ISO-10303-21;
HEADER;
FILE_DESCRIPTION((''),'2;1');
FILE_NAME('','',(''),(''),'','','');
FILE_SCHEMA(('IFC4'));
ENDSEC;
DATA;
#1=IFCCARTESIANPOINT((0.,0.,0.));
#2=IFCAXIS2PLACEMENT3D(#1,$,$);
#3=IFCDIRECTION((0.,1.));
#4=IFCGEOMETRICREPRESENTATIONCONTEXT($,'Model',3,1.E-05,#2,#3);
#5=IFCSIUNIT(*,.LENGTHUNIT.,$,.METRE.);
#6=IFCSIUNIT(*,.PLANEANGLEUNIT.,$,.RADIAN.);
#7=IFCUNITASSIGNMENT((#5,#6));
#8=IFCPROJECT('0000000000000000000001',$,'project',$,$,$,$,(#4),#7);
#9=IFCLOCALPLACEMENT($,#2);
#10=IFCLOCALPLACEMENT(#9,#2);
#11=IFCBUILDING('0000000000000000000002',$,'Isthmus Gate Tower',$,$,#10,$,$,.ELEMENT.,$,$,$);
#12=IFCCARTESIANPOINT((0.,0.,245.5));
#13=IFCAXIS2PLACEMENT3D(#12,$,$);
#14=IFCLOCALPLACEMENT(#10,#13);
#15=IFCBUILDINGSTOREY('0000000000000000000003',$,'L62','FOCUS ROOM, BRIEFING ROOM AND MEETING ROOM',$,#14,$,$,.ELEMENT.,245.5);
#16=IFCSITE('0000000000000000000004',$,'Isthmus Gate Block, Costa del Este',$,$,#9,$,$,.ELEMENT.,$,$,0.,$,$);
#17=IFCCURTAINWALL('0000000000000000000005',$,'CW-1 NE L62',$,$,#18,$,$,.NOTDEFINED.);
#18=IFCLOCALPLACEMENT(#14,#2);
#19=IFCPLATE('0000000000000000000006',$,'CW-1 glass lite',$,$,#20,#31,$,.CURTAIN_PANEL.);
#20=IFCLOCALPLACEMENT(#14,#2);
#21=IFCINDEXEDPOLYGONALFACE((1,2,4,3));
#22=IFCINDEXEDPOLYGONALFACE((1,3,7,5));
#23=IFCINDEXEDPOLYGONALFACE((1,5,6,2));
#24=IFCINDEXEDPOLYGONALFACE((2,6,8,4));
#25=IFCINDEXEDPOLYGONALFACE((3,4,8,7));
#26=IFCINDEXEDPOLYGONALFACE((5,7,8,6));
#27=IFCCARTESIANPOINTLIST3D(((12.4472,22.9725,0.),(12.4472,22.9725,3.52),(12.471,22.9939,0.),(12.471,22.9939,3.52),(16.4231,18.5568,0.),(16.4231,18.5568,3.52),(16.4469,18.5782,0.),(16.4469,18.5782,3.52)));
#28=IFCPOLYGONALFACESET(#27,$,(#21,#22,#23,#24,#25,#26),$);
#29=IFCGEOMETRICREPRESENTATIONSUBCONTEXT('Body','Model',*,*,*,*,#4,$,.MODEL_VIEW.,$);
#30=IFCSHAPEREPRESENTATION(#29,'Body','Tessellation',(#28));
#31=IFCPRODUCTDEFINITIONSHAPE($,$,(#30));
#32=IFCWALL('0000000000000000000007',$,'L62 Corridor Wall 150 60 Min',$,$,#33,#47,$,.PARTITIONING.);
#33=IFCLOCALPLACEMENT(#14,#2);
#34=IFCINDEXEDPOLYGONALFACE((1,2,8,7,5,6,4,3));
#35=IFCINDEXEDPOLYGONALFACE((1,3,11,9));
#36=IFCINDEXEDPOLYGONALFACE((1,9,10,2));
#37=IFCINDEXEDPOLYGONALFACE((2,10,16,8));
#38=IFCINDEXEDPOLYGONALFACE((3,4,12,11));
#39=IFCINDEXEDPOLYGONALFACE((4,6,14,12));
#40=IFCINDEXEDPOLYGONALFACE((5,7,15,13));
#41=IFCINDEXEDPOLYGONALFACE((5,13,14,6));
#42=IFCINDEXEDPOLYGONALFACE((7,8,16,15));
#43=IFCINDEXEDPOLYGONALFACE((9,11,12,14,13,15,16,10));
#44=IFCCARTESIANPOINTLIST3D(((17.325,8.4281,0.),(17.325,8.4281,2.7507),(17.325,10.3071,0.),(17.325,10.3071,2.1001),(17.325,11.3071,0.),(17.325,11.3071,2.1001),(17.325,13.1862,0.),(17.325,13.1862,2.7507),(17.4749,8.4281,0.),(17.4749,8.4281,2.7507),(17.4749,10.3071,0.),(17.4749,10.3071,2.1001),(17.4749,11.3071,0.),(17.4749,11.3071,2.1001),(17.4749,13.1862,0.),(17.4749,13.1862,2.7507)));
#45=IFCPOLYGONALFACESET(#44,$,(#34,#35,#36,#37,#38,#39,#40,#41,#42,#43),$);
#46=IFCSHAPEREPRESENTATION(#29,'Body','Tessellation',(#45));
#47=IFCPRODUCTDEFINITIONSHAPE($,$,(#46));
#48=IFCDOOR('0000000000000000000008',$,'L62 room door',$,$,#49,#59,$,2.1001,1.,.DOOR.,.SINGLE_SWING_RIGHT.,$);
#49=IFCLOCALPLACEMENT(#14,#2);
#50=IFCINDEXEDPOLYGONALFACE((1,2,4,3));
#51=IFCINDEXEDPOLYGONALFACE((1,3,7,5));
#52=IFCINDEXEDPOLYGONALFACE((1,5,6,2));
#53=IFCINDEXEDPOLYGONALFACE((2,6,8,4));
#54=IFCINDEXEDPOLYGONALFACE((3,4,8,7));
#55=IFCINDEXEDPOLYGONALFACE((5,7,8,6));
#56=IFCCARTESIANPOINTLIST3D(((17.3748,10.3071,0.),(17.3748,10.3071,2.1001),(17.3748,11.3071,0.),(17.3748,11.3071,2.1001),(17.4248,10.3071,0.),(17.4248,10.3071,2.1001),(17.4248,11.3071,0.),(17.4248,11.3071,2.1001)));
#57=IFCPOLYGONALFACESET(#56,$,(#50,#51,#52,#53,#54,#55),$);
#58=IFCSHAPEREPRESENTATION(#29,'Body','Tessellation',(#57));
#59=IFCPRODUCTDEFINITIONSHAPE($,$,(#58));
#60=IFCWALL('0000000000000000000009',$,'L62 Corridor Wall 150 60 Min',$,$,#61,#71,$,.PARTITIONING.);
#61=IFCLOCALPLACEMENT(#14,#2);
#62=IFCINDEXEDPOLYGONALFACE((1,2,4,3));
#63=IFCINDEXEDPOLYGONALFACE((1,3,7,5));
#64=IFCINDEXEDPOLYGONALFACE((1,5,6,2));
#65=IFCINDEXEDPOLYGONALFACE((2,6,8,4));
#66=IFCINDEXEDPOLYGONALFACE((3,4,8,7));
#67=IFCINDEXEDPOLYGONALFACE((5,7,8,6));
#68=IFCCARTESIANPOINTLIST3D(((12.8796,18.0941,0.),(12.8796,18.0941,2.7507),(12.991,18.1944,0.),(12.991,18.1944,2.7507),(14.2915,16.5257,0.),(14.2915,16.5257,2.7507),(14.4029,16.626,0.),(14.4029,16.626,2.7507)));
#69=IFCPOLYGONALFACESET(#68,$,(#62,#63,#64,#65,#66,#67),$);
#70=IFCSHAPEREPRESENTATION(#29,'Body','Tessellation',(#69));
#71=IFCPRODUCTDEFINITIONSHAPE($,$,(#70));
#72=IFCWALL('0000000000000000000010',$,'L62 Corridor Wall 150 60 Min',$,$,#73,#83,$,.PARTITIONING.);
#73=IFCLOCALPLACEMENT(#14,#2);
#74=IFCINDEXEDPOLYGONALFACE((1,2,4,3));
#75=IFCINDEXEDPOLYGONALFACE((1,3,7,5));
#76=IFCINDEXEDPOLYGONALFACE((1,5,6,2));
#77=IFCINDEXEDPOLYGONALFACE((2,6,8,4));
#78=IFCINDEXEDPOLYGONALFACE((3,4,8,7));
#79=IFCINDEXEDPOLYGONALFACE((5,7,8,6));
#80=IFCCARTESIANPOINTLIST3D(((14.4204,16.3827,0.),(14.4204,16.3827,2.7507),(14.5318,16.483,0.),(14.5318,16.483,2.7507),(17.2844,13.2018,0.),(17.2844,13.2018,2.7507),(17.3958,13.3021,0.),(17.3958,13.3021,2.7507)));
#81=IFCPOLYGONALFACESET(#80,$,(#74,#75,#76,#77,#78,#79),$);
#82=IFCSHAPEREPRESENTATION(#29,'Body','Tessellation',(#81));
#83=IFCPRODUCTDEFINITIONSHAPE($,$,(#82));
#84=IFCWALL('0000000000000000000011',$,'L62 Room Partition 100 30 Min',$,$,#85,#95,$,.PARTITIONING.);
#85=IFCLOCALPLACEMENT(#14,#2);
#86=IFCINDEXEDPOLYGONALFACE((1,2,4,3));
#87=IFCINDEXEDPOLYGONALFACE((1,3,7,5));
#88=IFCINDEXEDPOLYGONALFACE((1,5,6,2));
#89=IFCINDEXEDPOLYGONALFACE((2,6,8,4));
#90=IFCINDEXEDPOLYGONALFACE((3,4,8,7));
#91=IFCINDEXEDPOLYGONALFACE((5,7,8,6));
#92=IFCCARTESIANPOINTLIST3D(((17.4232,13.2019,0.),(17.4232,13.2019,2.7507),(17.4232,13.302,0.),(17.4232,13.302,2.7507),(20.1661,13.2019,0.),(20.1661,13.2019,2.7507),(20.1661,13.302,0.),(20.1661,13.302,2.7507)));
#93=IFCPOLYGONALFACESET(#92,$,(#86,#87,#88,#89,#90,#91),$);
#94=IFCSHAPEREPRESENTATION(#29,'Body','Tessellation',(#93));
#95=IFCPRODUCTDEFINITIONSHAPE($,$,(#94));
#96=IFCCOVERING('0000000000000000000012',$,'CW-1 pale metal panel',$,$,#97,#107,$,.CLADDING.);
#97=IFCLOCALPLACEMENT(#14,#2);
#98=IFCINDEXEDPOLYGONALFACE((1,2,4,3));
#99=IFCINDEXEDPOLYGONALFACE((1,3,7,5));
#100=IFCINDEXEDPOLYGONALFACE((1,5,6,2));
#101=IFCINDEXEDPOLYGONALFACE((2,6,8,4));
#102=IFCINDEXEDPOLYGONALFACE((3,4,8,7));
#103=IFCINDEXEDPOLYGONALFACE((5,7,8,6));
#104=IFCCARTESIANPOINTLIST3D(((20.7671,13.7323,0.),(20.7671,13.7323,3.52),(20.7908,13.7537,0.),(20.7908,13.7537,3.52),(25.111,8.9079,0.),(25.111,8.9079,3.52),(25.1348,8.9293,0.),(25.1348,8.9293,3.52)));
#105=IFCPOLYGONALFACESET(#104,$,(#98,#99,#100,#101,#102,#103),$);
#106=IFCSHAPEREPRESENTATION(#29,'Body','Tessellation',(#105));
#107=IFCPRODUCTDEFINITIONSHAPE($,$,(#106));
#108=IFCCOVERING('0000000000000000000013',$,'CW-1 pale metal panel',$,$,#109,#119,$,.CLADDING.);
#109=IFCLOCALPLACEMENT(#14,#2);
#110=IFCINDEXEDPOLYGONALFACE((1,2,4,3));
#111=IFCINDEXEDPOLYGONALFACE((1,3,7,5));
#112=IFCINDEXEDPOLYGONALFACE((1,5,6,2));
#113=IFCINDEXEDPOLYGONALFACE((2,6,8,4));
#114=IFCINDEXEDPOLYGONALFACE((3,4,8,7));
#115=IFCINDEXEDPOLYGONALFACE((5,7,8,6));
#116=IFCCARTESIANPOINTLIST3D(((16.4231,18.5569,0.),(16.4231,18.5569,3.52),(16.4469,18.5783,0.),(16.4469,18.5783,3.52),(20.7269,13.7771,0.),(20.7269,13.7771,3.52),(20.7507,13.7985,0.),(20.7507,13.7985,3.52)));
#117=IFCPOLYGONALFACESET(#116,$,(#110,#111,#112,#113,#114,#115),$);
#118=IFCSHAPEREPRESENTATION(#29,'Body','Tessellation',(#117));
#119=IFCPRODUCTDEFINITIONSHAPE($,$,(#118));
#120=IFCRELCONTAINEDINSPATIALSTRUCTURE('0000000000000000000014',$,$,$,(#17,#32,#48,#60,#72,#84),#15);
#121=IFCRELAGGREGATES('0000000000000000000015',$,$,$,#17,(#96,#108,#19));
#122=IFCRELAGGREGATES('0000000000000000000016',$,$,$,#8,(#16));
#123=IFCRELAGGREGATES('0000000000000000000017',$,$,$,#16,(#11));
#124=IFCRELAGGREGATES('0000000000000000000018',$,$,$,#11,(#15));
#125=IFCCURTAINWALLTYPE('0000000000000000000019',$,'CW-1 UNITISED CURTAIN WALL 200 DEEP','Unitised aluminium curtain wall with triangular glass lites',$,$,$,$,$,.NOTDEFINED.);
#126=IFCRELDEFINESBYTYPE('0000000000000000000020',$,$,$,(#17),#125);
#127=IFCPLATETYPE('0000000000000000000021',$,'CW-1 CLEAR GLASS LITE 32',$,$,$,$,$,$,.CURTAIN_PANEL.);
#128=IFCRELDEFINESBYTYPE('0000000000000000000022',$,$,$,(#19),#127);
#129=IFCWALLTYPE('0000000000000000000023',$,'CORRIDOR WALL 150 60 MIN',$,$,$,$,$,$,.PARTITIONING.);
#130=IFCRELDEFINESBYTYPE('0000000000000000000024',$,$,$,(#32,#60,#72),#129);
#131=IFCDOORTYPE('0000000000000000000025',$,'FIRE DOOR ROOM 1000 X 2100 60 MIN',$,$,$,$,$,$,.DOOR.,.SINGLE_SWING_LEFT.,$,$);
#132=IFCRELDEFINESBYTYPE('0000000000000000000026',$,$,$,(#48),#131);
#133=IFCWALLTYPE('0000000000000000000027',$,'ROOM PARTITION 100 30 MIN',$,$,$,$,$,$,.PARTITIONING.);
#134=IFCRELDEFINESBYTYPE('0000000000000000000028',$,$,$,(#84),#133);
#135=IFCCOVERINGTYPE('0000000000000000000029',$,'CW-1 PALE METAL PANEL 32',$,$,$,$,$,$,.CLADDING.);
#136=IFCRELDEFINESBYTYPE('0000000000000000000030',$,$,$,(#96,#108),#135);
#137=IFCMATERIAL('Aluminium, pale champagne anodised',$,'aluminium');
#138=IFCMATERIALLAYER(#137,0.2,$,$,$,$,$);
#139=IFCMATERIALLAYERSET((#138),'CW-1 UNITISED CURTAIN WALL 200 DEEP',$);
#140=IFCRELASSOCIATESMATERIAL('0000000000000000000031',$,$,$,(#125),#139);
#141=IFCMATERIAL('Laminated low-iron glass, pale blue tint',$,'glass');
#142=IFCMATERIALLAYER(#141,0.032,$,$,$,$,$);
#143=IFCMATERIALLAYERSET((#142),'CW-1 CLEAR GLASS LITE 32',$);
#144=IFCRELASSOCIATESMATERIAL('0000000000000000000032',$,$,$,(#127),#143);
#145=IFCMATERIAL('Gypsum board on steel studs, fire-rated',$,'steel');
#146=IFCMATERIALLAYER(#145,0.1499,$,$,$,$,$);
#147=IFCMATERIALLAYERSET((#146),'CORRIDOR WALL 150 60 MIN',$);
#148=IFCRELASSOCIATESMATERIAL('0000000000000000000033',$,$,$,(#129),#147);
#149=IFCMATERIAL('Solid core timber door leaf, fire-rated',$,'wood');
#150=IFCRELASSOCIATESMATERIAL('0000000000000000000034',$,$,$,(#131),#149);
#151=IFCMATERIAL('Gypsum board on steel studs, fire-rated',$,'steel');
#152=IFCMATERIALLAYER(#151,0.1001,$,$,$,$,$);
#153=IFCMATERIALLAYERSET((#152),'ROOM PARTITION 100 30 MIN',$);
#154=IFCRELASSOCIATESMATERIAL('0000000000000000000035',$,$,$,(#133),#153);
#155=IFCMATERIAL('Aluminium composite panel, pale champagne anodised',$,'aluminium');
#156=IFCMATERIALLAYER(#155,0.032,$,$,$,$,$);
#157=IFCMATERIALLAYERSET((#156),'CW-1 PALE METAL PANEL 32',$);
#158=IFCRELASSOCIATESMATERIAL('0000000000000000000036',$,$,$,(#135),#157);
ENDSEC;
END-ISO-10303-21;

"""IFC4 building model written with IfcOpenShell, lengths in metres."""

from ifc_helpers import new_model, si_unit, direction, frame, frame_2d, origin, origin_2d, place, context, subcontext, project, spatial, rectangle, extrude, material, layer, layer_set, type_object, element, fill, aggregate, save


model = new_model("IFC4")

# Units and contexts
model_context = context("Model", 3, precision=1e-05, world=origin(), true_north=direction((0.0, 1.0)))
body_context = subcontext(model_context, "Body", "Model", "MODEL_VIEW")
ifc_project = project(units=[si_unit("LENGTHUNIT", "METRE"), si_unit("PLANEANGLEUNIT", "RADIAN")], contexts=[model_context])

# Site, building, storey
site_placement = place(None, origin())
site = spatial("IfcSite", under=ifc_project, at=site_placement, Name="Isthmus Gate Block, Costa del Este", CompositionType="ELEMENT", RefElevation=0.0)
building_placement = place(site_placement, origin())
building = spatial("IfcBuilding", under=site, at=building_placement, Name="Isthmus Gate Tower", CompositionType="ELEMENT")
storey_placement = place(building_placement, frame((0.0, 0.0, 245.5)))
storey = spatial("IfcBuildingStorey", under=building, at=storey_placement, Name="L62", Description="FOCUS ROOM, BRIEFING ROOM AND MEETING ROOM", CompositionType="ELEMENT", Elevation=245.5)

# Curtain wall
ifc_material_1 = material(Name="Aluminium, pale champagne anodised", Category="aluminium")
ifc_layer_1 = layer(ifc_material_1, 0.2)
ifc_layer_set_1 = layer_set([ifc_layer_1], Name="CW-1 UNITISED CURTAIN WALL 200 DEEP")
curtain_wall_type = type_object("IfcCurtainWallType", Name="CW-1 UNITISED CURTAIN WALL 200 DEEP", Description="Unitised aluminium curtain wall with triangular glass lites", PredefinedType="NOTDEFINED", material=ifc_layer_set_1)
curtain_wall_placement = place(storey_placement, origin())
curtain_wall = element("IfcCurtainWall", 1, at=curtain_wall_placement, inside=storey, type_object=curtain_wall_type, Name="CW-1 NE L62", PredefinedType="NOTDEFINED")

# Plate
ifc_material_2 = material(Name="Laminated low-iron glass, pale blue tint", Category="glass")
ifc_layer_2 = layer(ifc_material_2, 0.032)
ifc_layer_set_2 = layer_set([ifc_layer_2], Name="CW-1 CLEAR GLASS LITE 32")
plate_type = type_object("IfcPlateType", Name="CW-1 CLEAR GLASS LITE 32", PredefinedType="CURTAIN_PANEL", material=ifc_layer_set_2)
plate_placement = place(storey_placement, frame((14.447, 20.7754, 0.0), z_axis=(0.0, 0.0, 1.0), x_axis=(-0.669131, 0.743145, 0.0)))
plate = element("IfcPlate", 2, at=plate_placement, type_object=plate_type, Name="CW-1 glass lite", PredefinedType="CURTAIN_PANEL", context=body_context, shape_type="SweptSolid", body=[
    extrude(rectangle(XDim=5.9419, YDim=0.032, at=origin_2d()), origin(), (0.0, 0.0, 1.0), 3.52),
])

# Wall, opening, door
ifc_material_3 = material(Name="Gypsum board on steel studs, fire-rated", Category="steel")
ifc_layer_3 = layer(ifc_material_3, 0.1499)
ifc_layer_set_3 = layer_set([ifc_layer_3], Name="CORRIDOR WALL 150 60 MIN")
wall_type_1 = type_object("IfcWallType", Name="CORRIDOR WALL 150 60 MIN", PredefinedType="PARTITIONING", material=ifc_layer_set_3)
wall_1_placement = place(storey_placement, frame((17.3999, 13.186, 0.0), z_axis=(0.0, 0.0, 1.0), x_axis=(0.0, -1.0, 0.0)))
wall_1 = element("IfcWall", 3, at=wall_1_placement, inside=storey, type_object=wall_type_1, Name="L62 Corridor Wall 150 60 Min", PredefinedType="PARTITIONING", context=body_context, shape_type="SweptSolid", body=[
    extrude(rectangle(XDim=4.7581, YDim=0.1499, at=frame_2d((2.3789, 0.0))), origin(), (0.0, 0.0, 1.0), 2.7507),
])
opening_placement = place(wall_1_placement, frame((1.8789, 0.0, 0.0)))
opening = element("IfcOpeningElement", 4, at=opening_placement, cuts=wall_1, PredefinedType="OPENING", context=body_context, shape_type="SweptSolid", body=[
    extrude(rectangle(XDim=1.0, YDim=2.1001, at=frame_2d((0.5, 1.05))), frame((0.0, 0.085, 0.0), z_axis=(0.0, -1.0, 0.0), x_axis=(1.0, 0.0, 0.0)), (0.0, 0.0, 1.0), 0.1699),
])
ifc_material_4 = material(Name="Solid core timber door leaf, fire-rated", Category="wood")
door_type = type_object("IfcDoorType", Name="FIRE DOOR ROOM 1000 X 2100 60 MIN", OperationType="SINGLE_SWING_LEFT", PredefinedType="DOOR", material=ifc_material_4)
door_placement = place(opening_placement, origin())
door = element("IfcDoor", 5, at=door_placement, inside=storey, type_object=door_type, Name="L62 room door", OperationType="SINGLE_SWING_RIGHT", OverallHeight=2.1001, OverallWidth=1.0, PredefinedType="DOOR", context=body_context, shape_type="SweptSolid", body=[
    extrude(rectangle(XDim=1.0, YDim=2.1001, at=frame_2d((0.5, 1.05))), frame((0.0, 0.0249, 0.0), z_axis=(0.0, -1.0, 0.0), x_axis=(1.0, 0.0, 0.0)), (0.0, 0.0, 1.0), 0.05),
])
fill(opening, door)

# Walls
wall_2_placement = place(storey_placement, frame((12.9353, 18.1443, 0.0), z_axis=(0.0, 0.0, 1.0), x_axis=(0.669054, -0.743214, 0.0)))
element("IfcWall", 6, at=wall_2_placement, inside=storey, type_object=wall_type_1, Name="L62 Corridor Wall 150 60 Min", PredefinedType="PARTITIONING", context=body_context, shape_type="SweptSolid", body=[
    extrude(rectangle(XDim=2.1104, YDim=0.1499, at=frame_2d((1.0552, 0.0))), origin(), (0.0, 0.0, 1.0), 2.7507),
])
wall_3_placement = place(storey_placement, frame((14.4761, 16.4329, 0.0), z_axis=(0.0, 0.0, 1.0), x_axis=(0.669119, -0.743155, 0.0)))
element("IfcWall", 7, at=wall_3_placement, inside=storey, type_object=wall_type_1, Name="L62 Corridor Wall 150 60 Min", PredefinedType="PARTITIONING", context=body_context, shape_type="SweptSolid", body=[
    extrude(rectangle(XDim=4.2803, YDim=0.1499, at=frame_2d((2.1401, 0.0))), origin(), (0.0, 0.0, 1.0), 2.7507),
])
ifc_material_5 = material(Name="Gypsum board on steel studs, fire-rated", Category="steel")
ifc_layer_4 = layer(ifc_material_5, 0.1001)
ifc_layer_set_4 = layer_set([ifc_layer_4], Name="ROOM PARTITION 100 30 MIN")
wall_type_2 = type_object("IfcWallType", Name="ROOM PARTITION 100 30 MIN", PredefinedType="PARTITIONING", material=ifc_layer_set_4)
wall_4_placement = place(storey_placement, frame((17.4231, 13.252, 0.0), z_axis=(0.0, 0.0, 1.0), x_axis=(1.0, 0.0, 0.0)))
element("IfcWall", 8, at=wall_4_placement, inside=storey, type_object=wall_type_2, Name="L62 Room Partition 100 30 Min", PredefinedType="PARTITIONING", context=body_context, shape_type="SweptSolid", body=[
    extrude(rectangle(XDim=2.7429, YDim=0.1001, at=frame_2d((1.3716, 0.0))), origin(), (0.0, 0.0, 1.0), 2.7507),
])

# Coverings
ifc_material_6 = material(Name="Aluminium composite panel, pale champagne anodised", Category="aluminium")
ifc_layer_5 = layer(ifc_material_6, 0.032)
ifc_layer_set_5 = layer_set([ifc_layer_5], Name="CW-1 PALE METAL PANEL 32")
covering_type = type_object("IfcCoveringType", Name="CW-1 PALE METAL PANEL 32", PredefinedType="CLADDING", material=ifc_layer_set_5)
covering_1_placement = place(storey_placement, frame((22.9509, 11.3308, 0.0), z_axis=(0.0, 0.0, 1.0), x_axis=(-0.669131, 0.743145, 0.0)))
covering_1 = element("IfcCovering", 9, at=covering_1_placement, type_object=covering_type, Name="CW-1 pale metal panel", PredefinedType="CLADDING", context=body_context, shape_type="SweptSolid", body=[
    extrude(rectangle(XDim=6.4919, YDim=0.032, at=origin_2d()), origin(), (0.0, 0.0, 1.0), 3.52),
])
covering_2_placement = place(storey_placement, frame((18.5869, 16.1777, 0.0), z_axis=(0.0, 0.0, 1.0), x_axis=(-0.669131, 0.743145, 0.0)))
covering_2 = element("IfcCovering", 10, at=covering_2_placement, type_object=covering_type, Name="CW-1 pale metal panel", PredefinedType="CLADDING", context=body_context, shape_type="SweptSolid", body=[
    extrude(rectangle(XDim=6.4319, YDim=0.032, at=origin_2d()), origin(), (0.0, 0.0, 1.0), 3.52),
])
aggregate(curtain_wall, [covering_1, covering_2, plate])

save(model, "model.ifc")
